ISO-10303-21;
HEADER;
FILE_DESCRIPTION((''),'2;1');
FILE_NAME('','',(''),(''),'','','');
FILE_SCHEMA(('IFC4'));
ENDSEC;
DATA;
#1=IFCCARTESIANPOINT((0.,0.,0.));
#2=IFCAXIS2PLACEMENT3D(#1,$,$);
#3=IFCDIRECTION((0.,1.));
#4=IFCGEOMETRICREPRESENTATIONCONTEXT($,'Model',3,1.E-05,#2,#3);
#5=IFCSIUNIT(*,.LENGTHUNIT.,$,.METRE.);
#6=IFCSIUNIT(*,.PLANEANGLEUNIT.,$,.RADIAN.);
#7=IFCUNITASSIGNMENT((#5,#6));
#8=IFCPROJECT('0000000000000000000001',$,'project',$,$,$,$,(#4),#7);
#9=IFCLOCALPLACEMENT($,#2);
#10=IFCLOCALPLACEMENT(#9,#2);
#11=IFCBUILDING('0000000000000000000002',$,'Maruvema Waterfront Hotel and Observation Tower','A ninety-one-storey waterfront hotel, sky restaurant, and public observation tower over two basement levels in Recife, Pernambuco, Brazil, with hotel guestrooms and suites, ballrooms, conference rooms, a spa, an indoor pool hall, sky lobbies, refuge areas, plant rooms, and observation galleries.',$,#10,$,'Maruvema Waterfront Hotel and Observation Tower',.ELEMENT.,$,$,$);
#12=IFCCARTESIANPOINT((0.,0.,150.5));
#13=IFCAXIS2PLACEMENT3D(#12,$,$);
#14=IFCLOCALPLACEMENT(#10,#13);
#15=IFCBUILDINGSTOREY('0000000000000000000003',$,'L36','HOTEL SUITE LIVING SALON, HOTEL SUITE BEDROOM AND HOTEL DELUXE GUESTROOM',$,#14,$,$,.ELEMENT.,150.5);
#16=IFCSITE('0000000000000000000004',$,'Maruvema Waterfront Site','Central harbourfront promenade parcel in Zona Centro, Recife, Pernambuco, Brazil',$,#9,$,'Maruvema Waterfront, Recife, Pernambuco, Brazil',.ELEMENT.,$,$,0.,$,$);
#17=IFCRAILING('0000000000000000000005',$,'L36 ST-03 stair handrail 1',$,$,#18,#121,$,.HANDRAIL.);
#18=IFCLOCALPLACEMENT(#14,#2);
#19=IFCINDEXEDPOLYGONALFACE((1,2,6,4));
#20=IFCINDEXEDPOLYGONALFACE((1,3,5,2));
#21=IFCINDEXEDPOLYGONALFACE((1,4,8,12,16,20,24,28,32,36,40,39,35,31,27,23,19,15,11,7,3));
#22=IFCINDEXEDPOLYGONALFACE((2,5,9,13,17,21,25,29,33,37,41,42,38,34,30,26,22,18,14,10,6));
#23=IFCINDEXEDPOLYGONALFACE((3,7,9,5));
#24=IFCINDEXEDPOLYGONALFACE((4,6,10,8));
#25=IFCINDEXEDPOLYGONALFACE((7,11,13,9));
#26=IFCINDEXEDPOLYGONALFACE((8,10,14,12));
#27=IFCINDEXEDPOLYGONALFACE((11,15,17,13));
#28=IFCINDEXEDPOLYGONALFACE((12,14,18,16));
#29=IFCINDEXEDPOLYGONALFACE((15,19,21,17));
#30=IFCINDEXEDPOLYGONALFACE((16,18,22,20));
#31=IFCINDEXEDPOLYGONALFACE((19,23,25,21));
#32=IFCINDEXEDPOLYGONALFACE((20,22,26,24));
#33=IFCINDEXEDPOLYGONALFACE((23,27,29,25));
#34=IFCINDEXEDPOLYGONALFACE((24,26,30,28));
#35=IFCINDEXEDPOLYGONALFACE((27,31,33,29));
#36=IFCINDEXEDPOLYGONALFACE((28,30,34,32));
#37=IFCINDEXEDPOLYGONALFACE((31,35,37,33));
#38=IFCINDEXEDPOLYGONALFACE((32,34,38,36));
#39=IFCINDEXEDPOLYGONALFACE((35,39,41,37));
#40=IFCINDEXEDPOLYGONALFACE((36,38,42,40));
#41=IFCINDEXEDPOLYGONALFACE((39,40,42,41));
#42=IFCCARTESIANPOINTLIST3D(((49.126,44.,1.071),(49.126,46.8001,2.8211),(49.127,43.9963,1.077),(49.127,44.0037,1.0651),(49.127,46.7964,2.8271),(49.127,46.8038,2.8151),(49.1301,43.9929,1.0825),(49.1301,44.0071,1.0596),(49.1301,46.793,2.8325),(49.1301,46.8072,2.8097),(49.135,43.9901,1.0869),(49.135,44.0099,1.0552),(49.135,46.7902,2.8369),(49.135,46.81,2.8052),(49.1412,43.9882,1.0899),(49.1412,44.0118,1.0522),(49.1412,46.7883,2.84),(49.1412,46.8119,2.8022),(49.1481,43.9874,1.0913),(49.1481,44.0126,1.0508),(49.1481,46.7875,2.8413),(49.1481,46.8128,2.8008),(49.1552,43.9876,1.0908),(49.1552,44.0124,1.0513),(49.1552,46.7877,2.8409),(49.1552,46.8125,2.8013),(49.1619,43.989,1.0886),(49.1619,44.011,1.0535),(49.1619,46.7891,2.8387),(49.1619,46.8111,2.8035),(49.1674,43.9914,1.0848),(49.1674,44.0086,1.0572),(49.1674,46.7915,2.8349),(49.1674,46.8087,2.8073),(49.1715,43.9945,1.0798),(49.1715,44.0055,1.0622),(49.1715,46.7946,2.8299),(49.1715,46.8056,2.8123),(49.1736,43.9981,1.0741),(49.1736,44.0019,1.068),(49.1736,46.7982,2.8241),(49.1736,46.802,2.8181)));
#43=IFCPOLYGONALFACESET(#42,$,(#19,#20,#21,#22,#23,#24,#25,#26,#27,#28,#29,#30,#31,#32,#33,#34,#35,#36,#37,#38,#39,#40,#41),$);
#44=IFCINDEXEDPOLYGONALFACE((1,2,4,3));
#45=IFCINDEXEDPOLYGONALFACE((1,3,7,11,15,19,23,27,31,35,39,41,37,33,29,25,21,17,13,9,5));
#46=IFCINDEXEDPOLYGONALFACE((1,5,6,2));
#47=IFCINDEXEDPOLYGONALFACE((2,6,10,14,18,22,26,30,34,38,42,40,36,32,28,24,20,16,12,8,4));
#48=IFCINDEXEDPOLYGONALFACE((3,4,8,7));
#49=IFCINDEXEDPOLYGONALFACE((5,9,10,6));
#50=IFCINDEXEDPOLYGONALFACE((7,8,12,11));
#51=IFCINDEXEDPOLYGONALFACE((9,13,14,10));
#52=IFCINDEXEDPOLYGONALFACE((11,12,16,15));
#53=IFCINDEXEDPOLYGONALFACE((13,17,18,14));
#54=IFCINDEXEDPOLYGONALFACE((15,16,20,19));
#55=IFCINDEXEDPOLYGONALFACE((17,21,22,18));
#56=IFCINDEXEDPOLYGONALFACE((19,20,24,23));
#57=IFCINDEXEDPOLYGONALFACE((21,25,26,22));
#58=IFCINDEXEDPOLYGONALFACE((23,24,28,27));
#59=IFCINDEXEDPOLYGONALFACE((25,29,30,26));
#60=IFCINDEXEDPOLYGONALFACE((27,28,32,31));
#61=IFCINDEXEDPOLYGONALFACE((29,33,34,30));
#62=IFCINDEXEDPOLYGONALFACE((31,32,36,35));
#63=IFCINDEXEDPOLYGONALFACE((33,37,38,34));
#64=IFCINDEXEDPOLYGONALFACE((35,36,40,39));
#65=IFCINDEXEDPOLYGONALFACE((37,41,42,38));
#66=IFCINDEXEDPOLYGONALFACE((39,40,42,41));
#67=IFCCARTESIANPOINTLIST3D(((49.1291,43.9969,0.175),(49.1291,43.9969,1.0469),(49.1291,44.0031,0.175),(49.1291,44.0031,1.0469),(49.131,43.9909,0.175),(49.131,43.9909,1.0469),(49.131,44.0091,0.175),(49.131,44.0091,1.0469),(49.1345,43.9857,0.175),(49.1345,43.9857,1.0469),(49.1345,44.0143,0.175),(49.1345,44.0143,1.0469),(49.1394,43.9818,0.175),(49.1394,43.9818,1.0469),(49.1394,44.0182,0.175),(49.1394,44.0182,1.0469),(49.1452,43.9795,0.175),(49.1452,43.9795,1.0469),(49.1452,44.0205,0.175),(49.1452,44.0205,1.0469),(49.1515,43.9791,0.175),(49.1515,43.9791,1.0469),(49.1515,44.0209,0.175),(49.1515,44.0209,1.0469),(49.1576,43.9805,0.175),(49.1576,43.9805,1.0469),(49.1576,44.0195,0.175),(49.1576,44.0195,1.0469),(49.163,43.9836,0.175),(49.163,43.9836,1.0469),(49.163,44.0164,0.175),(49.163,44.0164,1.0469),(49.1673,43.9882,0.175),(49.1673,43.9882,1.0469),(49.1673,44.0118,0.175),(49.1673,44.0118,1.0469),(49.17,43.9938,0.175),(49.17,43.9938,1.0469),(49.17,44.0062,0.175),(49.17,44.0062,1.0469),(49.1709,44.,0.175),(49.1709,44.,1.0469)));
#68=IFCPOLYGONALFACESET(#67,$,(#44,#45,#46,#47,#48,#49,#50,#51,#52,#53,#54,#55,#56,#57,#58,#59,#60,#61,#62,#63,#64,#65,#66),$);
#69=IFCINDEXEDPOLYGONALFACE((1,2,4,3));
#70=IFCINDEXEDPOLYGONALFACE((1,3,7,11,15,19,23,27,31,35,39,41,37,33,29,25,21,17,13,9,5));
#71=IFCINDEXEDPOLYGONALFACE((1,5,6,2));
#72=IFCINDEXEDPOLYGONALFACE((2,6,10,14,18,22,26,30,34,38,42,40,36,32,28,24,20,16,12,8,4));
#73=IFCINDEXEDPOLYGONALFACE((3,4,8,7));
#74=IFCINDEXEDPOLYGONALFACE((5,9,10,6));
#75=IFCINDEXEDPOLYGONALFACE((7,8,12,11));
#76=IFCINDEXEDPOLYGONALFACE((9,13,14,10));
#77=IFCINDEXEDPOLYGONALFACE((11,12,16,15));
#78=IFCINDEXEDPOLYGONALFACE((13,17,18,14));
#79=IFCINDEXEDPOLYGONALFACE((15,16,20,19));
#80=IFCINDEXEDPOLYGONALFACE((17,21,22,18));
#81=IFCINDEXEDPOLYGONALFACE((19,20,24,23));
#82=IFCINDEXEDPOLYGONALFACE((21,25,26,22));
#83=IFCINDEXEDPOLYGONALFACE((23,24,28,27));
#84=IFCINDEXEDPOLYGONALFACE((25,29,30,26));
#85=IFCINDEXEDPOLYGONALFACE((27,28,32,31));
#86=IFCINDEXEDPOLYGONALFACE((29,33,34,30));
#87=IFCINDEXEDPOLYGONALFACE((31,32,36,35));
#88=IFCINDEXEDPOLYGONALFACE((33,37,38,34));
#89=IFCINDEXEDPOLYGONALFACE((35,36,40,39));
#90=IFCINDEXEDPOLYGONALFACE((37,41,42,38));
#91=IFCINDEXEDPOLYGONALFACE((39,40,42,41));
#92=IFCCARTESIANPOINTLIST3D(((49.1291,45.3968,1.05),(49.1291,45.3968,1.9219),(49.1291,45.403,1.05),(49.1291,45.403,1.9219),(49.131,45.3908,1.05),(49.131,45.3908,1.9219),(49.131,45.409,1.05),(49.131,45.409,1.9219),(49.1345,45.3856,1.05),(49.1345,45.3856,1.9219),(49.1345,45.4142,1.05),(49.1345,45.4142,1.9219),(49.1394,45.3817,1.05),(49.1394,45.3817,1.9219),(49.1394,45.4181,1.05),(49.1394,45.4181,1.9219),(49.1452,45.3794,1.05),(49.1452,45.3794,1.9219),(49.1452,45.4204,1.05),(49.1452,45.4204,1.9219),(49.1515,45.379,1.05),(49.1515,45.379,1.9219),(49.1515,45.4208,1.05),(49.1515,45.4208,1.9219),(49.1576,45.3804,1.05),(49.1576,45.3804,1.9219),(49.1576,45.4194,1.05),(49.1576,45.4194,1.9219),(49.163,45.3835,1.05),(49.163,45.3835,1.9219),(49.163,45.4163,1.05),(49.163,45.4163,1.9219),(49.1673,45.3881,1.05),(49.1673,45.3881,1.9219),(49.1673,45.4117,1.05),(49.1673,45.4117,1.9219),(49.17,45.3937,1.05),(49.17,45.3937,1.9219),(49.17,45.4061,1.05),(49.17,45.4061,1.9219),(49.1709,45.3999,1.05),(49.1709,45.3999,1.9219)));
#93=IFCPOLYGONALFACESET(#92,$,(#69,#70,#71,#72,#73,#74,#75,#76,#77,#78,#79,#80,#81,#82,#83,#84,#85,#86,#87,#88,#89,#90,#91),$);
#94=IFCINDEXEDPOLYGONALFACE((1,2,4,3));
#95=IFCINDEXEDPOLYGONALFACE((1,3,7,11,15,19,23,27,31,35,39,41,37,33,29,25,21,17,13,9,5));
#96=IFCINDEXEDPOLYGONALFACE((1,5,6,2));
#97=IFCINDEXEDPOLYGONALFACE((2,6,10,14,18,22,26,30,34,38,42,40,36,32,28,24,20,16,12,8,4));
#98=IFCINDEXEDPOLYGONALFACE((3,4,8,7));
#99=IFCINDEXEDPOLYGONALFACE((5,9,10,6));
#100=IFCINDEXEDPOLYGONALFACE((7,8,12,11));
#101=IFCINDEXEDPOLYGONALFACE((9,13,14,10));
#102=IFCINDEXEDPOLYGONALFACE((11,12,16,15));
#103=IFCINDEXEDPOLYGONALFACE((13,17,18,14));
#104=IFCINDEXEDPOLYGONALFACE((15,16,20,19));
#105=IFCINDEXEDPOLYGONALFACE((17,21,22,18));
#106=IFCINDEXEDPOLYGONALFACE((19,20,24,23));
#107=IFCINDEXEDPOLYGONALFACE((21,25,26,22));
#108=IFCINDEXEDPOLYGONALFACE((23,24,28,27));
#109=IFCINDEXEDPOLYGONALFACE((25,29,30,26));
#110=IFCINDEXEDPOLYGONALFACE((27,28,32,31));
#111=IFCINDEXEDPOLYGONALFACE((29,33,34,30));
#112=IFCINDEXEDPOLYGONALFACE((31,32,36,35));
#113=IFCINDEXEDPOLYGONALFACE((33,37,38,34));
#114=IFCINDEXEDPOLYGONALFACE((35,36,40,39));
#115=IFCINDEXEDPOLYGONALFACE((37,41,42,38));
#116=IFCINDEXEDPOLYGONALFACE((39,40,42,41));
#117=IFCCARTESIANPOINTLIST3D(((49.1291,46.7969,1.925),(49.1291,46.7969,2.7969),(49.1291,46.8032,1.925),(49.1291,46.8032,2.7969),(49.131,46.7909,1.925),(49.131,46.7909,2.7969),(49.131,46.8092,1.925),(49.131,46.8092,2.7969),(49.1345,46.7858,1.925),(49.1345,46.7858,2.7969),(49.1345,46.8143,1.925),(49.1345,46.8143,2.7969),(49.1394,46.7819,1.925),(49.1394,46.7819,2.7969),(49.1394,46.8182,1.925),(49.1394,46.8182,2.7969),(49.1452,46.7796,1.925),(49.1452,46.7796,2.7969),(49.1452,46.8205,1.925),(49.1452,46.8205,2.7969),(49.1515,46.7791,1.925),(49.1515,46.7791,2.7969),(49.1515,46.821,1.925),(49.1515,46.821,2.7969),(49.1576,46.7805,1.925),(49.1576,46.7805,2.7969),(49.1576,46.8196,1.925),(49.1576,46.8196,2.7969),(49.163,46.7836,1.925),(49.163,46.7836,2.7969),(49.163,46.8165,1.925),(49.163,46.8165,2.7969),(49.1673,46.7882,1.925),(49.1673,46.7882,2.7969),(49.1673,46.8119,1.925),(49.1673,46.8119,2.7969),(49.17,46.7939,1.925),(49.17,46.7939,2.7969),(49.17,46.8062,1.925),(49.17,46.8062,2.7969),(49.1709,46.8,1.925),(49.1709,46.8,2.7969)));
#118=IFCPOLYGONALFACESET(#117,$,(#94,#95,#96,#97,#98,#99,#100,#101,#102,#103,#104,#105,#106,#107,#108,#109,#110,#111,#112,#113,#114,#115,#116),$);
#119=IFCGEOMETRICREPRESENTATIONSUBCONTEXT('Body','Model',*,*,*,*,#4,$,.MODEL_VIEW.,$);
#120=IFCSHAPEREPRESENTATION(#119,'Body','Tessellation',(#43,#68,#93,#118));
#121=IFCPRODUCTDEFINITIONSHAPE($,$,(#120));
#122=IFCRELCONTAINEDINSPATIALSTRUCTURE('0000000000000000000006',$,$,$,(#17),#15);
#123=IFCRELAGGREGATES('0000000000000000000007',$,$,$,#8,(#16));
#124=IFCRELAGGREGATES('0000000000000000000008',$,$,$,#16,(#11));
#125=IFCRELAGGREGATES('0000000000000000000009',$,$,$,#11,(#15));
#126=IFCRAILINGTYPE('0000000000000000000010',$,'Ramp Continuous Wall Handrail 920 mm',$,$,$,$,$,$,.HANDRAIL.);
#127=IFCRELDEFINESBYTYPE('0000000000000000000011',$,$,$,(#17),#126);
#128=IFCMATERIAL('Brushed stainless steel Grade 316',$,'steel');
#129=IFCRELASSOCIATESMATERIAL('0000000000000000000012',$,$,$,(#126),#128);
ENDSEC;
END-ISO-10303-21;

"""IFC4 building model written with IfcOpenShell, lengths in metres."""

from ifc_helpers import new_model, si_unit, direction, frame, origin, origin_2d, place, context, subcontext, project, spatial, circle, extrude, material, type_object, element, save


model = new_model("IFC4")

# Units and contexts
model_context = context("Model", 3, precision=1e-05, world=origin(), true_north=direction((0.0, 1.0)))
body_context = subcontext(model_context, "Body", "Model", "MODEL_VIEW")
ifc_project = project(units=[si_unit("LENGTHUNIT", "METRE"), si_unit("PLANEANGLEUNIT", "RADIAN")], contexts=[model_context])

# Site, building, storey
site_placement = place(None, origin())
site = spatial("IfcSite", under=ifc_project, at=site_placement, Name="Maruvema Waterfront Site", Description="Central harbourfront promenade parcel in Zona Centro, Recife, Pernambuco, Brazil", LongName="Maruvema Waterfront, Recife, Pernambuco, Brazil", CompositionType="ELEMENT", RefElevation=0.0)
building_placement = place(site_placement, origin())
building = spatial("IfcBuilding", under=site, at=building_placement, Name="Maruvema Waterfront Hotel and Observation Tower", Description="A ninety-one-storey waterfront hotel, sky restaurant, and public observation tower over two basement levels in Recife, Pernambuco, Brazil, with hotel guestrooms and suites, ballrooms, conference rooms, a spa, an indoor pool hall, sky lobbies, refuge areas, plant rooms, and observation galleries.", LongName="Maruvema Waterfront Hotel and Observation Tower", CompositionType="ELEMENT")
storey_placement = place(building_placement, frame((0.0, 0.0, 150.5)))
storey = spatial("IfcBuildingStorey", under=building, at=storey_placement, Name="L36", Description="HOTEL SUITE LIVING SALON, HOTEL SUITE BEDROOM AND HOTEL DELUXE GUESTROOM", CompositionType="ELEMENT", Elevation=150.5)

# Railing
ifc_material_1 = material(Name="Brushed stainless steel Grade 316", Category="steel")
railing_type_1 = type_object("IfcRailingType", Name="Ramp Continuous Wall Handrail 920 mm", PredefinedType="HANDRAIL", material=ifc_material_1)
railing_1_placement = place(storey_placement, frame((49.1499, 44.0, 0.175)))
element("IfcRailing", 1, at=railing_1_placement, inside=storey, type_object=railing_type_1, Name="L36 ST-03 stair handrail 1", PredefinedType="HANDRAIL", context=body_context, shape_type="SweptSolid", body=[
    extrude(circle(Radius=0.0239, at=origin_2d()), frame((0.0, 0.0, 0.896), z_axis=(0.0, 0.848002, 0.529992), x_axis=(-1.0, 0.0, 0.0)), (0.0, 0.0, 1.0), 3.302),
    extrude(circle(Radius=0.021, at=origin_2d()), origin(), (0.0, 0.0, 1.0), 0.8718),
    extrude(circle(Radius=0.021, at=origin_2d()), frame((0.0, 1.3999, 0.875)), (0.0, 0.0, 1.0), 0.8718),
    extrude(circle(Radius=0.021, at=origin_2d()), frame((0.0, 2.8, 1.75)), (0.0, 0.0, 1.0), 0.8718),
])

save(model, "model.ifc")
